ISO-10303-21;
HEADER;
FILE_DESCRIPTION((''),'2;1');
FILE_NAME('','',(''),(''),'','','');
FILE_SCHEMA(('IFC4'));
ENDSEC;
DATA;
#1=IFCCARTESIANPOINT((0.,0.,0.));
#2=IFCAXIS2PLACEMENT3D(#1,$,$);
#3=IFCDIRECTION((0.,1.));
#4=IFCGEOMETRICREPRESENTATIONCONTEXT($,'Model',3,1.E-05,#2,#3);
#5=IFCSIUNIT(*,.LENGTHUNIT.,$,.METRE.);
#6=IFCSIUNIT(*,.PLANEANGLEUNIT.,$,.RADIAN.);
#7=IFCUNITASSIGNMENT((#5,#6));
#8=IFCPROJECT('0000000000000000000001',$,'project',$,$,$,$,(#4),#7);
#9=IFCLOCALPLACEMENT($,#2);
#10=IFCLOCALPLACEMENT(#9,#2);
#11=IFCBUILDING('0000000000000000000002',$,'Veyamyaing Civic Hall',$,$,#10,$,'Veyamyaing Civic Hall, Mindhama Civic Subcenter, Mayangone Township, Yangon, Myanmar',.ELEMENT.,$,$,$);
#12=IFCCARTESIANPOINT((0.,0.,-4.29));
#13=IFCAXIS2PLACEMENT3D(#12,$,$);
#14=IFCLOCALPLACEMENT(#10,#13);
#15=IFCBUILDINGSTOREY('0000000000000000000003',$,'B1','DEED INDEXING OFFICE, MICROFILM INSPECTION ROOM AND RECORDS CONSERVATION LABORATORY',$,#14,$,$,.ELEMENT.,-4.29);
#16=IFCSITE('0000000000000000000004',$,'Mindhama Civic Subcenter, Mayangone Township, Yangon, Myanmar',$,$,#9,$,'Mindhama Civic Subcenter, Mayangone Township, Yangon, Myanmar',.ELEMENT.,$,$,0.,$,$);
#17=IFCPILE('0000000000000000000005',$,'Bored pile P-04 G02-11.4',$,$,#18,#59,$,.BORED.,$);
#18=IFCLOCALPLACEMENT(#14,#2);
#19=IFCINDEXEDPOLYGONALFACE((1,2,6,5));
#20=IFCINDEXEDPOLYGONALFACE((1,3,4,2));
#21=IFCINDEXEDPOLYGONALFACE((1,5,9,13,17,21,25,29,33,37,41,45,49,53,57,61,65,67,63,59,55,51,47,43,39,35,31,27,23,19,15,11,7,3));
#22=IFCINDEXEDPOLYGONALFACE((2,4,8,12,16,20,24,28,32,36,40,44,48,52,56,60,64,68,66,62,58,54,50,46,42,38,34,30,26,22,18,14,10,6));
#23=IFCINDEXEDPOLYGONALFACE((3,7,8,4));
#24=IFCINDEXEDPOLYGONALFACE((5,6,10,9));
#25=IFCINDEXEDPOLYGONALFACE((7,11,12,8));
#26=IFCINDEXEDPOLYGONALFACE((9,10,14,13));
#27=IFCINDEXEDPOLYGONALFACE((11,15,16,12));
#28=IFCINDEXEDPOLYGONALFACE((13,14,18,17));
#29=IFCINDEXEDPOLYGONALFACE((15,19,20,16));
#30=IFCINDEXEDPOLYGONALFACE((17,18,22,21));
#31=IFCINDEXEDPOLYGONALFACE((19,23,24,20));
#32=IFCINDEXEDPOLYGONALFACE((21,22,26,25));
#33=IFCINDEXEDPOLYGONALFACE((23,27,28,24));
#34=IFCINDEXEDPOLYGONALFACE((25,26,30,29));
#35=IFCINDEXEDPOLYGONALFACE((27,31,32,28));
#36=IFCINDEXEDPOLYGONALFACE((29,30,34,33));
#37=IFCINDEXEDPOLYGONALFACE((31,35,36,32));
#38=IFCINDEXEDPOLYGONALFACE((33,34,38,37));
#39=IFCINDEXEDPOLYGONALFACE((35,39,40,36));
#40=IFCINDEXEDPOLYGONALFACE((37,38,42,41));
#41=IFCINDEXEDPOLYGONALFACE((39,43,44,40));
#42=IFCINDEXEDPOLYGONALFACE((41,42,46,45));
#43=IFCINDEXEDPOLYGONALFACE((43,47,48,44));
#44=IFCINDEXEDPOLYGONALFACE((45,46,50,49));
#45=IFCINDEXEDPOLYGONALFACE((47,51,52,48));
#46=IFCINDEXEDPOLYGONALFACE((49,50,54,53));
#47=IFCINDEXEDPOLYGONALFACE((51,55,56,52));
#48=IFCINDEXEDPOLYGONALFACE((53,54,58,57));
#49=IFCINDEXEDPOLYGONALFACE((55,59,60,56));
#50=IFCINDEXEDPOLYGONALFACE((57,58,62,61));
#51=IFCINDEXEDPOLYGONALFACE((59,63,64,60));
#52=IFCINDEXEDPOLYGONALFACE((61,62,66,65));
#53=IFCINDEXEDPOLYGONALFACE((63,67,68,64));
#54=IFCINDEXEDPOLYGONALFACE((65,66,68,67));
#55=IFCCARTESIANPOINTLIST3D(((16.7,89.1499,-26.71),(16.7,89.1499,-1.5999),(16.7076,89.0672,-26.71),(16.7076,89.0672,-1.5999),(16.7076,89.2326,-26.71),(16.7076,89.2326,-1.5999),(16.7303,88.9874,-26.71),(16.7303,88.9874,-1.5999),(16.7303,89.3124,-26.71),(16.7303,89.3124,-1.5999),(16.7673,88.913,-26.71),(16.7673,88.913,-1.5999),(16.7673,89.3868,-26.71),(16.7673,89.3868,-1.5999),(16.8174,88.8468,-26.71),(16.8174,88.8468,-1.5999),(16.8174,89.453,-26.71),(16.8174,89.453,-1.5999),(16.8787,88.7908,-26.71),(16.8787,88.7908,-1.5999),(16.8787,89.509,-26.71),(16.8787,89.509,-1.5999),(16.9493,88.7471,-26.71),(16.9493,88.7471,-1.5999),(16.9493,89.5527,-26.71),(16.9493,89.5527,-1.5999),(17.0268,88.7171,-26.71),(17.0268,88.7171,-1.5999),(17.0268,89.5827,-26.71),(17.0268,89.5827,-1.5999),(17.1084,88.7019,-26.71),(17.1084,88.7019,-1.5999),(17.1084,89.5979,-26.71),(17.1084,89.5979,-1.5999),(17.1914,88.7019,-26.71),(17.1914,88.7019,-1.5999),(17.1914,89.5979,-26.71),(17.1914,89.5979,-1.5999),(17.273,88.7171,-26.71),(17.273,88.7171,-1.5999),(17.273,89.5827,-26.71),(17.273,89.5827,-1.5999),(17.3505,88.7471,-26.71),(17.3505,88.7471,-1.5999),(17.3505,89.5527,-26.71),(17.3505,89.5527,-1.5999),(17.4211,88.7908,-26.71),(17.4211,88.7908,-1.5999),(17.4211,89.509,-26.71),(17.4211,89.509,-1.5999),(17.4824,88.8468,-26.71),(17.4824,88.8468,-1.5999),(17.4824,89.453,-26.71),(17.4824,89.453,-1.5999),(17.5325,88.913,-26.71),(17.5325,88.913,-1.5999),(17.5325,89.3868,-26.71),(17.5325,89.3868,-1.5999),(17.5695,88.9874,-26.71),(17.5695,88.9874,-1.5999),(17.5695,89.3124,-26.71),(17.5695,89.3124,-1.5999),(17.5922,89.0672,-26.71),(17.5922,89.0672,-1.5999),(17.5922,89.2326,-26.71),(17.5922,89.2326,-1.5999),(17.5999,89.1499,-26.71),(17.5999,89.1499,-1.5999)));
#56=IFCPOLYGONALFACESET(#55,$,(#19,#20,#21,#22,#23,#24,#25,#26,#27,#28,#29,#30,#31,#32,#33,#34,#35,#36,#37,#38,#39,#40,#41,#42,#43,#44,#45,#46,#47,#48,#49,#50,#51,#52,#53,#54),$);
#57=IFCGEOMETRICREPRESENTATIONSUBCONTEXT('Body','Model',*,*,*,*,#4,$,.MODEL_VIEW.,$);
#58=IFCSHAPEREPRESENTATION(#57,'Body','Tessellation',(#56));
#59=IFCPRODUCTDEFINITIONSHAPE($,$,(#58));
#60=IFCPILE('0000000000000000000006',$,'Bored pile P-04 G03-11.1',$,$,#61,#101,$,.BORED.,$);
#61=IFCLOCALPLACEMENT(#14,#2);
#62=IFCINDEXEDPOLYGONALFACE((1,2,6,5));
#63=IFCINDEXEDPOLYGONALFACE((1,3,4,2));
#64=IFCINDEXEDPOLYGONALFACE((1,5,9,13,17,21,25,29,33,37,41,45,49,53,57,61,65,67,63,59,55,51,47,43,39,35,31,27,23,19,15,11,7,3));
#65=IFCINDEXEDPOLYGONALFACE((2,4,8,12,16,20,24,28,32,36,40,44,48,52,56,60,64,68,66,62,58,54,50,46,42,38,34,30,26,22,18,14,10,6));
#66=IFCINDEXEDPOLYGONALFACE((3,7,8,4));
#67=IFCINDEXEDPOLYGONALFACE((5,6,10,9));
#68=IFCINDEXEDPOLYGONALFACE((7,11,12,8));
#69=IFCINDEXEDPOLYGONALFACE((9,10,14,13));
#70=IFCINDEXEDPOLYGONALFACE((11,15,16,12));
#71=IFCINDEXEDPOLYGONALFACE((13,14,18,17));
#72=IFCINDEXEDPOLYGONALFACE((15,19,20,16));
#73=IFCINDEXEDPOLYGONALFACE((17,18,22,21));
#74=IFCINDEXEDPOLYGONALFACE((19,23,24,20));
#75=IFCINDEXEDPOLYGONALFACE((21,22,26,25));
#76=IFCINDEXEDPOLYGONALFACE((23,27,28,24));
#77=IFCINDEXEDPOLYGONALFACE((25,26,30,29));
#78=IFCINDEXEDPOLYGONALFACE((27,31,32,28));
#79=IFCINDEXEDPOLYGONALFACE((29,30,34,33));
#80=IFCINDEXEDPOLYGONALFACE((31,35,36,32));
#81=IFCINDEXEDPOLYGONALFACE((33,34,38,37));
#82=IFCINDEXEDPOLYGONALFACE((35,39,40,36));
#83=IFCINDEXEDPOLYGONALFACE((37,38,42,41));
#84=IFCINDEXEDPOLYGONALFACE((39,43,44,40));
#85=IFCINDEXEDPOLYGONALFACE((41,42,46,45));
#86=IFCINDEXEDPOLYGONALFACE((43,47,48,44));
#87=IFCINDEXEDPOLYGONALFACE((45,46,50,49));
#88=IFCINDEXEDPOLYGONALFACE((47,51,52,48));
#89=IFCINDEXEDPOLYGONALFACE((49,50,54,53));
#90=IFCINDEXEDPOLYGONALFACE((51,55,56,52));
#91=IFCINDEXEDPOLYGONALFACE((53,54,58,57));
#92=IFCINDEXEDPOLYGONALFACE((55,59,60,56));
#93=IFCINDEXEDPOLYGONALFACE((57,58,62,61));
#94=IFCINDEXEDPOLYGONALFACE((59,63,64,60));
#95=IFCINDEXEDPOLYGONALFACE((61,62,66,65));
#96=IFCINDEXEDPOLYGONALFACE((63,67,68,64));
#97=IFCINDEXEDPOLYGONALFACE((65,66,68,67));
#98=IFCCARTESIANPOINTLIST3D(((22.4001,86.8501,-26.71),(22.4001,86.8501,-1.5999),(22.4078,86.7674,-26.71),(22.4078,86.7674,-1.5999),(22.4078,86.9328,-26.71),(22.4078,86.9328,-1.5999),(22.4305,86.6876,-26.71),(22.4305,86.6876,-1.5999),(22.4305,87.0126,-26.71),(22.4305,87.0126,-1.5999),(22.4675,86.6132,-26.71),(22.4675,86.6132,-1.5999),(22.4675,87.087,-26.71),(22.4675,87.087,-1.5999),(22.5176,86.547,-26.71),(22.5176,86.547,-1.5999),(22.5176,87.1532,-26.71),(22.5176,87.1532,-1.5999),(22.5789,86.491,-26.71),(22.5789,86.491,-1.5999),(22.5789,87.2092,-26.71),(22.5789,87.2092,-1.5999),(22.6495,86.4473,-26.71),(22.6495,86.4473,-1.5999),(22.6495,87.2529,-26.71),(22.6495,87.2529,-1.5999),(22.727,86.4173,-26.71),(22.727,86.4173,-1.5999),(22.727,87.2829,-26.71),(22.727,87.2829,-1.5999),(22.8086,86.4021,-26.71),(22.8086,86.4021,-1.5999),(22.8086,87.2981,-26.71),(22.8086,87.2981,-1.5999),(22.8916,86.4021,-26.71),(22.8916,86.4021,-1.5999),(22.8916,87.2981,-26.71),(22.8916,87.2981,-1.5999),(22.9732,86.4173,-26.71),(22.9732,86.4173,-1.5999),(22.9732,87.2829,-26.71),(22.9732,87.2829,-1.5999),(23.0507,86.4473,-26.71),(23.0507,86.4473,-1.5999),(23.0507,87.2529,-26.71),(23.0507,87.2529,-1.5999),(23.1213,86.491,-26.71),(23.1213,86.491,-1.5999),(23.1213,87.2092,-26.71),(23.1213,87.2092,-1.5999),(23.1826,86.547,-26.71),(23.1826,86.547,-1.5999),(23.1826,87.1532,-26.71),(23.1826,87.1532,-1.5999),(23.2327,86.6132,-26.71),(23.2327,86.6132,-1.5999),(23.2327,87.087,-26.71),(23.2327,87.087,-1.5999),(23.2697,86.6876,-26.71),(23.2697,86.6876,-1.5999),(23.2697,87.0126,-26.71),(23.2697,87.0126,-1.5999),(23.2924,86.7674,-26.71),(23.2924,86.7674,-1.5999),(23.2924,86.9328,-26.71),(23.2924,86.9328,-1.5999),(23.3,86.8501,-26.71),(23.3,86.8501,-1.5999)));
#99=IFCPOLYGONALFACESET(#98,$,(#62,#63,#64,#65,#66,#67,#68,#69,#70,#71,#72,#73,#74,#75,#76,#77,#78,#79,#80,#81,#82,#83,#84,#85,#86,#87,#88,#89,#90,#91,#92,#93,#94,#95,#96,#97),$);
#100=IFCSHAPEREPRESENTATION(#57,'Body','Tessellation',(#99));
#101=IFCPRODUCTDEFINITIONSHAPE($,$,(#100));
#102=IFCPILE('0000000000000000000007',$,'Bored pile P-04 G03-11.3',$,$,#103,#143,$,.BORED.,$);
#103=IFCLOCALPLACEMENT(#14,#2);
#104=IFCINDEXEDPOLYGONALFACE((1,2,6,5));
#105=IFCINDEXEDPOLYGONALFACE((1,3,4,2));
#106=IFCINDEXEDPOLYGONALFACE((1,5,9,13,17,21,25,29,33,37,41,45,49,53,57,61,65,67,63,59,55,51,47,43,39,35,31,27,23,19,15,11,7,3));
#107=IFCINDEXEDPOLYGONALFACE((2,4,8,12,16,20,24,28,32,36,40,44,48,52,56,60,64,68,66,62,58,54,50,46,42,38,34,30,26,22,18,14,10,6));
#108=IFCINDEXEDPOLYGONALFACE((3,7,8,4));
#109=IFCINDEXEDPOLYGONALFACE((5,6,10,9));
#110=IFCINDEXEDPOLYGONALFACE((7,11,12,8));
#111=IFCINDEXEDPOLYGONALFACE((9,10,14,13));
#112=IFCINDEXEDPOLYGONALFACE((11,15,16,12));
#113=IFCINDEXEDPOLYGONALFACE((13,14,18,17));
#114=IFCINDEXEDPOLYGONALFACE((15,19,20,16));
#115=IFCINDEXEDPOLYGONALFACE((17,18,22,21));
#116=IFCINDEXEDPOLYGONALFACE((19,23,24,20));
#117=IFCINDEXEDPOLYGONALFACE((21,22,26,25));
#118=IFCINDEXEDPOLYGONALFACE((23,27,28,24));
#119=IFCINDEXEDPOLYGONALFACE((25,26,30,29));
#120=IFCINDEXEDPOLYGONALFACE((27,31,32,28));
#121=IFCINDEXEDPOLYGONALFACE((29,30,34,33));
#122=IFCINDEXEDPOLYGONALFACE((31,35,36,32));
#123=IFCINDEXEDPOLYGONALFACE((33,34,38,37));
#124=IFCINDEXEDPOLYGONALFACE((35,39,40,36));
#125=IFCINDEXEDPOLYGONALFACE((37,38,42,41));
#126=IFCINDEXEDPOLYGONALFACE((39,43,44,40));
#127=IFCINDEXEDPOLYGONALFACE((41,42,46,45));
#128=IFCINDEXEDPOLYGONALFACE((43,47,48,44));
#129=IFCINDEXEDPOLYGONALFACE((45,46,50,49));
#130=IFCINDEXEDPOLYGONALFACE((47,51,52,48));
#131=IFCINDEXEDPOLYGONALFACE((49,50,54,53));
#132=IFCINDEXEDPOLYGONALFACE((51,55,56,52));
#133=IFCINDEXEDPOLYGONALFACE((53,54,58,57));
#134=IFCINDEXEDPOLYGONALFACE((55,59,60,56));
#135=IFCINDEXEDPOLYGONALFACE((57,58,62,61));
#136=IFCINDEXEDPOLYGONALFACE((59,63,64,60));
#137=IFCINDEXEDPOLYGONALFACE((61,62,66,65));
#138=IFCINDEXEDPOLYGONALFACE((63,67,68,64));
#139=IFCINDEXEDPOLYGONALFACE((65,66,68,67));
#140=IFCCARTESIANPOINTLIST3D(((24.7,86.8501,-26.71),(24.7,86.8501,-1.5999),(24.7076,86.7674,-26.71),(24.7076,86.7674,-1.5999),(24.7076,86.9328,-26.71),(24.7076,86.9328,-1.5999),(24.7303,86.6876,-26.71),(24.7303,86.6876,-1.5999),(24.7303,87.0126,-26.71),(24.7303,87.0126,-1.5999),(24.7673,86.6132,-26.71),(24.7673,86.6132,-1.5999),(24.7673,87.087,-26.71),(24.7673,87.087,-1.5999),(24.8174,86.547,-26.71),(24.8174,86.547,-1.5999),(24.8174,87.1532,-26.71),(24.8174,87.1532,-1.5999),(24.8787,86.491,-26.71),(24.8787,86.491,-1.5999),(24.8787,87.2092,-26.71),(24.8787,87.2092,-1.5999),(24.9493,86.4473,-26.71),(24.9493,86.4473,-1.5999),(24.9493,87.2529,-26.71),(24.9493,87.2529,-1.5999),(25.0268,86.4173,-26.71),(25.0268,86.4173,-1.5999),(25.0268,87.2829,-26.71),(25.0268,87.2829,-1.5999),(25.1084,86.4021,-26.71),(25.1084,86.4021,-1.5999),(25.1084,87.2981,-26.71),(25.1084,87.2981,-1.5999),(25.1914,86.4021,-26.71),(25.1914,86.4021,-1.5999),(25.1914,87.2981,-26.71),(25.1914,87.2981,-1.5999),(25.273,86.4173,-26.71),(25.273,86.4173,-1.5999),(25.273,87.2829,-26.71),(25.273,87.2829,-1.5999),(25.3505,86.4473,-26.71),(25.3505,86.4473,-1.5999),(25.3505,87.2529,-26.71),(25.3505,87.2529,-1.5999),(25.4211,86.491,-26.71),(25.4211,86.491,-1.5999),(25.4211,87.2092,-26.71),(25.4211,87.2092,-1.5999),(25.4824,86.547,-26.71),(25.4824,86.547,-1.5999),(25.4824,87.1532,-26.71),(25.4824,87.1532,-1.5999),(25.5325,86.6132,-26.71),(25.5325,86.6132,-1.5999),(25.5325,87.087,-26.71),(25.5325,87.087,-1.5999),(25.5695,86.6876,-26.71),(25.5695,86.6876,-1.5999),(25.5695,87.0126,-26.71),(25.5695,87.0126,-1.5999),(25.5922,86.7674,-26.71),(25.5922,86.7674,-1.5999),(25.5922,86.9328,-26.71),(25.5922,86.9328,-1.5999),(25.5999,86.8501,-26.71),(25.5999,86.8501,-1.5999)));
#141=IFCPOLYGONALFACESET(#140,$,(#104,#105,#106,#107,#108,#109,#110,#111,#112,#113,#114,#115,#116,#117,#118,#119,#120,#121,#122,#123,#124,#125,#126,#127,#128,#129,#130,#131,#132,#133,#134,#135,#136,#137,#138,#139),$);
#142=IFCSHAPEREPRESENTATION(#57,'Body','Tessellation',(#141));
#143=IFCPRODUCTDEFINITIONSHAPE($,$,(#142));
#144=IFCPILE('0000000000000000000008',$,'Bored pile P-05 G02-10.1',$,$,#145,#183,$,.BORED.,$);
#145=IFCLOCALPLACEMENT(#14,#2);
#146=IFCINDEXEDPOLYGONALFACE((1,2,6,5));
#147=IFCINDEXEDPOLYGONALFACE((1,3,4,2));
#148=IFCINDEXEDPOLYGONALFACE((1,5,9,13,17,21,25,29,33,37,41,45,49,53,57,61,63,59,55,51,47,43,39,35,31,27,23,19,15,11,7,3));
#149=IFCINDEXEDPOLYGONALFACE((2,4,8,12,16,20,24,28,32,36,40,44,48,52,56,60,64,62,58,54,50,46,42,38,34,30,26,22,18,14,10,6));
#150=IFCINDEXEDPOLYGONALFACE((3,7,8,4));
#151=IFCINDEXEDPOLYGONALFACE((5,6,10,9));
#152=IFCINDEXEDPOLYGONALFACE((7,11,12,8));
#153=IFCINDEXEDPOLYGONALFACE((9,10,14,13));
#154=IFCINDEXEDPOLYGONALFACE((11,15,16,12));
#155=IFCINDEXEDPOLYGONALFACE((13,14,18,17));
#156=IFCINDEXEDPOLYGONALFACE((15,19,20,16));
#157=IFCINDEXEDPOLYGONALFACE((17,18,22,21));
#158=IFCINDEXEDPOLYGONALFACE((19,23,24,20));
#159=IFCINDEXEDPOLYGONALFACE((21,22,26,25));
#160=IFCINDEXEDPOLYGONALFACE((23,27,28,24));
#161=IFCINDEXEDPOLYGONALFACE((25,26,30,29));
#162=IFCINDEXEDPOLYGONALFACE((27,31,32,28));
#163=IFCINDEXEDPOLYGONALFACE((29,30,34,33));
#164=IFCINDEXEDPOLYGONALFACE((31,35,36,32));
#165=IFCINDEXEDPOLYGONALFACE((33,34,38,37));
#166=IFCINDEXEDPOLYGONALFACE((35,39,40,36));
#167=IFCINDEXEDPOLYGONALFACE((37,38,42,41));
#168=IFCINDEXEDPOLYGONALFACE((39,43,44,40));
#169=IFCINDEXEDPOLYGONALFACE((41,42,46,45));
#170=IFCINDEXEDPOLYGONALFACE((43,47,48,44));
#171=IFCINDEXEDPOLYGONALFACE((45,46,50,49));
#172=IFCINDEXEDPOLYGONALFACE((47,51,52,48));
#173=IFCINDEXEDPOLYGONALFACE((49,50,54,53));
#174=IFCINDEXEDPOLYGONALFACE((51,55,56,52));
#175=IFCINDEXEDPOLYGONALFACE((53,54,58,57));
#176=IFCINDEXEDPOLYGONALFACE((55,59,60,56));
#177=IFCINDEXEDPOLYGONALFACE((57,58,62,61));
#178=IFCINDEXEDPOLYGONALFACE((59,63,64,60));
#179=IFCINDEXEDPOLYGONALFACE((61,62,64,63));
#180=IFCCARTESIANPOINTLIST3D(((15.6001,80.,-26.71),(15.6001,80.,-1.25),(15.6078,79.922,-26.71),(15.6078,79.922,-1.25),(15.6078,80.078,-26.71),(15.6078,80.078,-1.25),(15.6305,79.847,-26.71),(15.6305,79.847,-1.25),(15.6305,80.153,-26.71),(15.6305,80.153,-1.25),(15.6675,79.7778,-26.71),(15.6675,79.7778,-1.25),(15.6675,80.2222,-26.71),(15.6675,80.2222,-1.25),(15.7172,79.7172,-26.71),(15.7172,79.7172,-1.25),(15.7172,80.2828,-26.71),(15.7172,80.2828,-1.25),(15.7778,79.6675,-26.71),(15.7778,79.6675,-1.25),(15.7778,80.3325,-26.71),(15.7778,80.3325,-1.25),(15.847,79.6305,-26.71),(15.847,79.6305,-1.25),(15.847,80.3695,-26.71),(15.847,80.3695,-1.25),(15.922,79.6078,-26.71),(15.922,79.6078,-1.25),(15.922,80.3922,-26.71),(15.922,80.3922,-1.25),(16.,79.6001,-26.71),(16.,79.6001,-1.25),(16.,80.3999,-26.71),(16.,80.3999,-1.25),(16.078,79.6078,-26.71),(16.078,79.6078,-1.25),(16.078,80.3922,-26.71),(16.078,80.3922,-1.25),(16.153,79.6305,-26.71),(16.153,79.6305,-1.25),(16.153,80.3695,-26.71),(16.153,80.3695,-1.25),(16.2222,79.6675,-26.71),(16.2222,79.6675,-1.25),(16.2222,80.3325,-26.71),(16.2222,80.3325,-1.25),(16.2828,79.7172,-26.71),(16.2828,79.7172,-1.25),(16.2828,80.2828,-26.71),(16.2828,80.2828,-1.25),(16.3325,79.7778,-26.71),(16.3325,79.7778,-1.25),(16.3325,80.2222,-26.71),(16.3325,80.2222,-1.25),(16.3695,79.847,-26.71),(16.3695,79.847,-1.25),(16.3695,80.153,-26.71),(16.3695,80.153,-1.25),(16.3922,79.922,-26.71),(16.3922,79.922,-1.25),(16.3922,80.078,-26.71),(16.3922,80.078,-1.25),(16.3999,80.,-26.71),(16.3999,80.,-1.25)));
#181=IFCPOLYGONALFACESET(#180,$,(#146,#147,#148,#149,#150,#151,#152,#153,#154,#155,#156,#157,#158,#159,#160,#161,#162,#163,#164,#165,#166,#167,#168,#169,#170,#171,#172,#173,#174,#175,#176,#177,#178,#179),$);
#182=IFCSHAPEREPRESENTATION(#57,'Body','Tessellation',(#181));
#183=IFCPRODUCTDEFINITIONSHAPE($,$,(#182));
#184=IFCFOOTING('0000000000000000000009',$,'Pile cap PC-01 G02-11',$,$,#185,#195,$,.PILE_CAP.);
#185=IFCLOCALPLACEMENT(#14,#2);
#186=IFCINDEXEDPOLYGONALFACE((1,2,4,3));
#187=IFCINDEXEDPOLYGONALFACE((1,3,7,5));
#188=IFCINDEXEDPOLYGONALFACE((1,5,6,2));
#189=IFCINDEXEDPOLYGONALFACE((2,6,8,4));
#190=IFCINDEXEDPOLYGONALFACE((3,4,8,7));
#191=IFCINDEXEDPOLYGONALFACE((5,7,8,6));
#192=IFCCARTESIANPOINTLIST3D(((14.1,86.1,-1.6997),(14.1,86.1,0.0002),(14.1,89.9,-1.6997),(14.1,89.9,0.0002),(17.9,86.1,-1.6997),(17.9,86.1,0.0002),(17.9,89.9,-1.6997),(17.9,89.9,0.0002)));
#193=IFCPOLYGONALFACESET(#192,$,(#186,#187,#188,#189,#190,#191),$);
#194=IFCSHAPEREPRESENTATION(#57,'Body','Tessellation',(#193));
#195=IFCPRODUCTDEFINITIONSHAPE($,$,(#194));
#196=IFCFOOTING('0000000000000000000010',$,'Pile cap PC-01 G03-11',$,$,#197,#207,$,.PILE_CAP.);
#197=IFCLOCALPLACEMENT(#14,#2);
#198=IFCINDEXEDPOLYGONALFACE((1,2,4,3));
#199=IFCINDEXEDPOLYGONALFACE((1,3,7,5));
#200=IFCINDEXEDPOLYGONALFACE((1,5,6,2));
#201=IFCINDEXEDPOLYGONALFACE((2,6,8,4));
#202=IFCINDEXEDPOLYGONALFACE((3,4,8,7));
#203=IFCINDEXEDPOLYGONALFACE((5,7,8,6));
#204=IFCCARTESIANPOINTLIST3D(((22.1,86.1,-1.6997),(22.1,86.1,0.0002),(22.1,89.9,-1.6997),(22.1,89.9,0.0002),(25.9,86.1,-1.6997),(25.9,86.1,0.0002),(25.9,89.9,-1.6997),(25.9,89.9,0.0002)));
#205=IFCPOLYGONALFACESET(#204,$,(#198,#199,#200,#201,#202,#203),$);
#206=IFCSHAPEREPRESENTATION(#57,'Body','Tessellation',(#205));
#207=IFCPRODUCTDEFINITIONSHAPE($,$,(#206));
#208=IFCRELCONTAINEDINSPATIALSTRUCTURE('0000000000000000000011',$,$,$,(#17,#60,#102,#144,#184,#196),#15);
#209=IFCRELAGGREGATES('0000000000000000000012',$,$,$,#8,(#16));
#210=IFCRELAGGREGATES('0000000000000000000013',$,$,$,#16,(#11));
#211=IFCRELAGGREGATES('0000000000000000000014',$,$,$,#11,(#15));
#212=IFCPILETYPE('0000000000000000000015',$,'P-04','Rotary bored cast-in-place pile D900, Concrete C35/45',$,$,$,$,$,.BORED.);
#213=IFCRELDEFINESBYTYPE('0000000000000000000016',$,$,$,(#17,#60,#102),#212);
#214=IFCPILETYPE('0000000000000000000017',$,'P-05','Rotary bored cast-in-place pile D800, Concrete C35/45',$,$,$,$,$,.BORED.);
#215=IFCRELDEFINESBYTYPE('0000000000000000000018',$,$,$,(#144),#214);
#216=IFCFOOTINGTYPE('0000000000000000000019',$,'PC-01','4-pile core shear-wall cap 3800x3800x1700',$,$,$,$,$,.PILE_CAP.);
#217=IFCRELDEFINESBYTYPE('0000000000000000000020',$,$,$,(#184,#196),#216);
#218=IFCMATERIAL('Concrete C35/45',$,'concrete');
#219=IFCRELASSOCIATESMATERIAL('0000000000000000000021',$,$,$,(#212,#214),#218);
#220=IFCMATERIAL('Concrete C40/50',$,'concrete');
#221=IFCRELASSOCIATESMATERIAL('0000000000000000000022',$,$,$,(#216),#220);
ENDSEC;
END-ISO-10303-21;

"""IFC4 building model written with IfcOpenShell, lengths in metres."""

from ifc_helpers import new_model, si_unit, direction, frame, origin, origin_2d, place, context, subcontext, project, spatial, rectangle, circle, extrude, material, material_profile, profile_set, type_object, element, save


model = new_model("IFC4")

# Units and contexts
model_context = context("Model", 3, precision=1e-05, world=origin(), true_north=direction((0.0, 1.0)))
body_context = subcontext(model_context, "Body", "Model", "MODEL_VIEW")
ifc_project = project(units=[si_unit("LENGTHUNIT", "METRE"), si_unit("PLANEANGLEUNIT", "RADIAN")], contexts=[model_context])

# Site, building, storey
site_placement = place(None, origin())
site = spatial("IfcSite", under=ifc_project, at=site_placement, Name="Mindhama Civic Subcenter, Mayangone Township, Yangon, Myanmar", LongName="Mindhama Civic Subcenter, Mayangone Township, Yangon, Myanmar", CompositionType="ELEMENT", RefElevation=0.0)
building_placement = place(site_placement, origin())
building = spatial("IfcBuilding", under=site, at=building_placement, Name="Veyamyaing Civic Hall", LongName="Veyamyaing Civic Hall, Mindhama Civic Subcenter, Mayangone Township, Yangon, Myanmar", CompositionType="ELEMENT")
storey_placement = place(building_placement, frame((0.0, 0.0, -4.29)))
storey = spatial("IfcBuildingStorey", under=building, at=storey_placement, Name="B1", Description="DEED INDEXING OFFICE, MICROFILM INSPECTION ROOM AND RECORDS CONSERVATION LABORATORY", CompositionType="ELEMENT", Elevation=-4.29)

# Shared definitions
ifc_material_1 = material(Name="Concrete C40/50", Category="concrete")

# Piles
ifc_material_2 = material(Name="Concrete C35/45", Category="concrete")
ifc_material_profile_1 = material_profile(ifc_material_2, circle(Radius=0.45, at=origin_2d()), Name="PILE-D900")
ifc_profile_set_1 = profile_set([ifc_material_profile_1], Name="Concrete C35/45")
pile_type_1 = type_object("IfcPileType", Name="P-04", Description="Rotary bored cast-in-place pile D900, Concrete C35/45", PredefinedType="BORED", material=ifc_profile_set_1)
for number, where, z_axis, x_axis, name in (
    (1, (17.1499, 89.1499, -1.5999), (0.0, 0.0, -1.0), (1.0, 0.0, 0.0), "Bored pile P-04 G02-11.4"),
    (2, (22.8501, 86.8501, -1.5999), (0.0, 0.0, -1.0), (1.0, 0.0, 0.0), "Bored pile P-04 G03-11.1"),
    (3, (25.1499, 86.8501, -1.5999), (0.0, 0.0, -1.0), (1.0, 0.0, 0.0), "Bored pile P-04 G03-11.3"),
):
    element("IfcPile", number, at=place(storey_placement, frame(where, z_axis=z_axis, x_axis=x_axis)), inside=storey, type_object=pile_type_1, Name=name, PredefinedType="BORED", context=body_context, shape_type="SweptSolid", body=[
        extrude(circle(Radius=0.45, at=origin_2d()), origin(), (0.0, 0.0, 1.0), 25.1101),
    ])
ifc_material_profile_2 = material_profile(ifc_material_2, circle(Radius=0.3999, at=origin_2d()), Name="PILE-D800")
ifc_profile_set_2 = profile_set([ifc_material_profile_2], Name="Concrete C35/45")
pile_type_2 = type_object("IfcPileType", Name="P-05", Description="Rotary bored cast-in-place pile D800, Concrete C35/45", PredefinedType="BORED", material=ifc_profile_set_2)
pile_placement = place(storey_placement, frame((16.0, 80.0, -1.25), z_axis=(0.0, 0.0, -1.0), x_axis=(1.0, 0.0, 0.0)))
element("IfcPile", 4, at=pile_placement, inside=storey, type_object=pile_type_2, Name="Bored pile P-05 G02-10.1", PredefinedType="BORED", context=body_context, shape_type="SweptSolid", body=[
    extrude(circle(Radius=0.3999, at=origin_2d()), origin(), (0.0, 0.0, 1.0), 25.46),
])

# Footings
footing_type_1 = type_object("IfcFootingType", Name="PC-01", Description="4-pile core shear-wall cap 3800x3800x1700", PredefinedType="PILE_CAP", material=ifc_material_1)
for number, where, z_axis, x_axis, name in (
    (5, (16.0, 88.0, -1.6997), (0.0, 0.0, 1.0), (1.0, 0.0, 0.0), "Pile cap PC-01 G02-11"),
    (6, (24.0, 88.0, -1.6997), (0.0, 0.0, 1.0), (1.0, 0.0, 0.0), "Pile cap PC-01 G03-11"),
):
    element("IfcFooting", number, at=place(storey_placement, frame(where, z_axis=z_axis, x_axis=x_axis)), inside=storey, type_object=footing_type_1, Name=name, PredefinedType="PILE_CAP", context=body_context, shape_type="SweptSolid", body=[
        extrude(rectangle(XDim=3.8, YDim=3.8, at=origin_2d()), origin(), (0.0, 0.0, 1.0), 1.7),
    ])

save(model, "model.ifc")
